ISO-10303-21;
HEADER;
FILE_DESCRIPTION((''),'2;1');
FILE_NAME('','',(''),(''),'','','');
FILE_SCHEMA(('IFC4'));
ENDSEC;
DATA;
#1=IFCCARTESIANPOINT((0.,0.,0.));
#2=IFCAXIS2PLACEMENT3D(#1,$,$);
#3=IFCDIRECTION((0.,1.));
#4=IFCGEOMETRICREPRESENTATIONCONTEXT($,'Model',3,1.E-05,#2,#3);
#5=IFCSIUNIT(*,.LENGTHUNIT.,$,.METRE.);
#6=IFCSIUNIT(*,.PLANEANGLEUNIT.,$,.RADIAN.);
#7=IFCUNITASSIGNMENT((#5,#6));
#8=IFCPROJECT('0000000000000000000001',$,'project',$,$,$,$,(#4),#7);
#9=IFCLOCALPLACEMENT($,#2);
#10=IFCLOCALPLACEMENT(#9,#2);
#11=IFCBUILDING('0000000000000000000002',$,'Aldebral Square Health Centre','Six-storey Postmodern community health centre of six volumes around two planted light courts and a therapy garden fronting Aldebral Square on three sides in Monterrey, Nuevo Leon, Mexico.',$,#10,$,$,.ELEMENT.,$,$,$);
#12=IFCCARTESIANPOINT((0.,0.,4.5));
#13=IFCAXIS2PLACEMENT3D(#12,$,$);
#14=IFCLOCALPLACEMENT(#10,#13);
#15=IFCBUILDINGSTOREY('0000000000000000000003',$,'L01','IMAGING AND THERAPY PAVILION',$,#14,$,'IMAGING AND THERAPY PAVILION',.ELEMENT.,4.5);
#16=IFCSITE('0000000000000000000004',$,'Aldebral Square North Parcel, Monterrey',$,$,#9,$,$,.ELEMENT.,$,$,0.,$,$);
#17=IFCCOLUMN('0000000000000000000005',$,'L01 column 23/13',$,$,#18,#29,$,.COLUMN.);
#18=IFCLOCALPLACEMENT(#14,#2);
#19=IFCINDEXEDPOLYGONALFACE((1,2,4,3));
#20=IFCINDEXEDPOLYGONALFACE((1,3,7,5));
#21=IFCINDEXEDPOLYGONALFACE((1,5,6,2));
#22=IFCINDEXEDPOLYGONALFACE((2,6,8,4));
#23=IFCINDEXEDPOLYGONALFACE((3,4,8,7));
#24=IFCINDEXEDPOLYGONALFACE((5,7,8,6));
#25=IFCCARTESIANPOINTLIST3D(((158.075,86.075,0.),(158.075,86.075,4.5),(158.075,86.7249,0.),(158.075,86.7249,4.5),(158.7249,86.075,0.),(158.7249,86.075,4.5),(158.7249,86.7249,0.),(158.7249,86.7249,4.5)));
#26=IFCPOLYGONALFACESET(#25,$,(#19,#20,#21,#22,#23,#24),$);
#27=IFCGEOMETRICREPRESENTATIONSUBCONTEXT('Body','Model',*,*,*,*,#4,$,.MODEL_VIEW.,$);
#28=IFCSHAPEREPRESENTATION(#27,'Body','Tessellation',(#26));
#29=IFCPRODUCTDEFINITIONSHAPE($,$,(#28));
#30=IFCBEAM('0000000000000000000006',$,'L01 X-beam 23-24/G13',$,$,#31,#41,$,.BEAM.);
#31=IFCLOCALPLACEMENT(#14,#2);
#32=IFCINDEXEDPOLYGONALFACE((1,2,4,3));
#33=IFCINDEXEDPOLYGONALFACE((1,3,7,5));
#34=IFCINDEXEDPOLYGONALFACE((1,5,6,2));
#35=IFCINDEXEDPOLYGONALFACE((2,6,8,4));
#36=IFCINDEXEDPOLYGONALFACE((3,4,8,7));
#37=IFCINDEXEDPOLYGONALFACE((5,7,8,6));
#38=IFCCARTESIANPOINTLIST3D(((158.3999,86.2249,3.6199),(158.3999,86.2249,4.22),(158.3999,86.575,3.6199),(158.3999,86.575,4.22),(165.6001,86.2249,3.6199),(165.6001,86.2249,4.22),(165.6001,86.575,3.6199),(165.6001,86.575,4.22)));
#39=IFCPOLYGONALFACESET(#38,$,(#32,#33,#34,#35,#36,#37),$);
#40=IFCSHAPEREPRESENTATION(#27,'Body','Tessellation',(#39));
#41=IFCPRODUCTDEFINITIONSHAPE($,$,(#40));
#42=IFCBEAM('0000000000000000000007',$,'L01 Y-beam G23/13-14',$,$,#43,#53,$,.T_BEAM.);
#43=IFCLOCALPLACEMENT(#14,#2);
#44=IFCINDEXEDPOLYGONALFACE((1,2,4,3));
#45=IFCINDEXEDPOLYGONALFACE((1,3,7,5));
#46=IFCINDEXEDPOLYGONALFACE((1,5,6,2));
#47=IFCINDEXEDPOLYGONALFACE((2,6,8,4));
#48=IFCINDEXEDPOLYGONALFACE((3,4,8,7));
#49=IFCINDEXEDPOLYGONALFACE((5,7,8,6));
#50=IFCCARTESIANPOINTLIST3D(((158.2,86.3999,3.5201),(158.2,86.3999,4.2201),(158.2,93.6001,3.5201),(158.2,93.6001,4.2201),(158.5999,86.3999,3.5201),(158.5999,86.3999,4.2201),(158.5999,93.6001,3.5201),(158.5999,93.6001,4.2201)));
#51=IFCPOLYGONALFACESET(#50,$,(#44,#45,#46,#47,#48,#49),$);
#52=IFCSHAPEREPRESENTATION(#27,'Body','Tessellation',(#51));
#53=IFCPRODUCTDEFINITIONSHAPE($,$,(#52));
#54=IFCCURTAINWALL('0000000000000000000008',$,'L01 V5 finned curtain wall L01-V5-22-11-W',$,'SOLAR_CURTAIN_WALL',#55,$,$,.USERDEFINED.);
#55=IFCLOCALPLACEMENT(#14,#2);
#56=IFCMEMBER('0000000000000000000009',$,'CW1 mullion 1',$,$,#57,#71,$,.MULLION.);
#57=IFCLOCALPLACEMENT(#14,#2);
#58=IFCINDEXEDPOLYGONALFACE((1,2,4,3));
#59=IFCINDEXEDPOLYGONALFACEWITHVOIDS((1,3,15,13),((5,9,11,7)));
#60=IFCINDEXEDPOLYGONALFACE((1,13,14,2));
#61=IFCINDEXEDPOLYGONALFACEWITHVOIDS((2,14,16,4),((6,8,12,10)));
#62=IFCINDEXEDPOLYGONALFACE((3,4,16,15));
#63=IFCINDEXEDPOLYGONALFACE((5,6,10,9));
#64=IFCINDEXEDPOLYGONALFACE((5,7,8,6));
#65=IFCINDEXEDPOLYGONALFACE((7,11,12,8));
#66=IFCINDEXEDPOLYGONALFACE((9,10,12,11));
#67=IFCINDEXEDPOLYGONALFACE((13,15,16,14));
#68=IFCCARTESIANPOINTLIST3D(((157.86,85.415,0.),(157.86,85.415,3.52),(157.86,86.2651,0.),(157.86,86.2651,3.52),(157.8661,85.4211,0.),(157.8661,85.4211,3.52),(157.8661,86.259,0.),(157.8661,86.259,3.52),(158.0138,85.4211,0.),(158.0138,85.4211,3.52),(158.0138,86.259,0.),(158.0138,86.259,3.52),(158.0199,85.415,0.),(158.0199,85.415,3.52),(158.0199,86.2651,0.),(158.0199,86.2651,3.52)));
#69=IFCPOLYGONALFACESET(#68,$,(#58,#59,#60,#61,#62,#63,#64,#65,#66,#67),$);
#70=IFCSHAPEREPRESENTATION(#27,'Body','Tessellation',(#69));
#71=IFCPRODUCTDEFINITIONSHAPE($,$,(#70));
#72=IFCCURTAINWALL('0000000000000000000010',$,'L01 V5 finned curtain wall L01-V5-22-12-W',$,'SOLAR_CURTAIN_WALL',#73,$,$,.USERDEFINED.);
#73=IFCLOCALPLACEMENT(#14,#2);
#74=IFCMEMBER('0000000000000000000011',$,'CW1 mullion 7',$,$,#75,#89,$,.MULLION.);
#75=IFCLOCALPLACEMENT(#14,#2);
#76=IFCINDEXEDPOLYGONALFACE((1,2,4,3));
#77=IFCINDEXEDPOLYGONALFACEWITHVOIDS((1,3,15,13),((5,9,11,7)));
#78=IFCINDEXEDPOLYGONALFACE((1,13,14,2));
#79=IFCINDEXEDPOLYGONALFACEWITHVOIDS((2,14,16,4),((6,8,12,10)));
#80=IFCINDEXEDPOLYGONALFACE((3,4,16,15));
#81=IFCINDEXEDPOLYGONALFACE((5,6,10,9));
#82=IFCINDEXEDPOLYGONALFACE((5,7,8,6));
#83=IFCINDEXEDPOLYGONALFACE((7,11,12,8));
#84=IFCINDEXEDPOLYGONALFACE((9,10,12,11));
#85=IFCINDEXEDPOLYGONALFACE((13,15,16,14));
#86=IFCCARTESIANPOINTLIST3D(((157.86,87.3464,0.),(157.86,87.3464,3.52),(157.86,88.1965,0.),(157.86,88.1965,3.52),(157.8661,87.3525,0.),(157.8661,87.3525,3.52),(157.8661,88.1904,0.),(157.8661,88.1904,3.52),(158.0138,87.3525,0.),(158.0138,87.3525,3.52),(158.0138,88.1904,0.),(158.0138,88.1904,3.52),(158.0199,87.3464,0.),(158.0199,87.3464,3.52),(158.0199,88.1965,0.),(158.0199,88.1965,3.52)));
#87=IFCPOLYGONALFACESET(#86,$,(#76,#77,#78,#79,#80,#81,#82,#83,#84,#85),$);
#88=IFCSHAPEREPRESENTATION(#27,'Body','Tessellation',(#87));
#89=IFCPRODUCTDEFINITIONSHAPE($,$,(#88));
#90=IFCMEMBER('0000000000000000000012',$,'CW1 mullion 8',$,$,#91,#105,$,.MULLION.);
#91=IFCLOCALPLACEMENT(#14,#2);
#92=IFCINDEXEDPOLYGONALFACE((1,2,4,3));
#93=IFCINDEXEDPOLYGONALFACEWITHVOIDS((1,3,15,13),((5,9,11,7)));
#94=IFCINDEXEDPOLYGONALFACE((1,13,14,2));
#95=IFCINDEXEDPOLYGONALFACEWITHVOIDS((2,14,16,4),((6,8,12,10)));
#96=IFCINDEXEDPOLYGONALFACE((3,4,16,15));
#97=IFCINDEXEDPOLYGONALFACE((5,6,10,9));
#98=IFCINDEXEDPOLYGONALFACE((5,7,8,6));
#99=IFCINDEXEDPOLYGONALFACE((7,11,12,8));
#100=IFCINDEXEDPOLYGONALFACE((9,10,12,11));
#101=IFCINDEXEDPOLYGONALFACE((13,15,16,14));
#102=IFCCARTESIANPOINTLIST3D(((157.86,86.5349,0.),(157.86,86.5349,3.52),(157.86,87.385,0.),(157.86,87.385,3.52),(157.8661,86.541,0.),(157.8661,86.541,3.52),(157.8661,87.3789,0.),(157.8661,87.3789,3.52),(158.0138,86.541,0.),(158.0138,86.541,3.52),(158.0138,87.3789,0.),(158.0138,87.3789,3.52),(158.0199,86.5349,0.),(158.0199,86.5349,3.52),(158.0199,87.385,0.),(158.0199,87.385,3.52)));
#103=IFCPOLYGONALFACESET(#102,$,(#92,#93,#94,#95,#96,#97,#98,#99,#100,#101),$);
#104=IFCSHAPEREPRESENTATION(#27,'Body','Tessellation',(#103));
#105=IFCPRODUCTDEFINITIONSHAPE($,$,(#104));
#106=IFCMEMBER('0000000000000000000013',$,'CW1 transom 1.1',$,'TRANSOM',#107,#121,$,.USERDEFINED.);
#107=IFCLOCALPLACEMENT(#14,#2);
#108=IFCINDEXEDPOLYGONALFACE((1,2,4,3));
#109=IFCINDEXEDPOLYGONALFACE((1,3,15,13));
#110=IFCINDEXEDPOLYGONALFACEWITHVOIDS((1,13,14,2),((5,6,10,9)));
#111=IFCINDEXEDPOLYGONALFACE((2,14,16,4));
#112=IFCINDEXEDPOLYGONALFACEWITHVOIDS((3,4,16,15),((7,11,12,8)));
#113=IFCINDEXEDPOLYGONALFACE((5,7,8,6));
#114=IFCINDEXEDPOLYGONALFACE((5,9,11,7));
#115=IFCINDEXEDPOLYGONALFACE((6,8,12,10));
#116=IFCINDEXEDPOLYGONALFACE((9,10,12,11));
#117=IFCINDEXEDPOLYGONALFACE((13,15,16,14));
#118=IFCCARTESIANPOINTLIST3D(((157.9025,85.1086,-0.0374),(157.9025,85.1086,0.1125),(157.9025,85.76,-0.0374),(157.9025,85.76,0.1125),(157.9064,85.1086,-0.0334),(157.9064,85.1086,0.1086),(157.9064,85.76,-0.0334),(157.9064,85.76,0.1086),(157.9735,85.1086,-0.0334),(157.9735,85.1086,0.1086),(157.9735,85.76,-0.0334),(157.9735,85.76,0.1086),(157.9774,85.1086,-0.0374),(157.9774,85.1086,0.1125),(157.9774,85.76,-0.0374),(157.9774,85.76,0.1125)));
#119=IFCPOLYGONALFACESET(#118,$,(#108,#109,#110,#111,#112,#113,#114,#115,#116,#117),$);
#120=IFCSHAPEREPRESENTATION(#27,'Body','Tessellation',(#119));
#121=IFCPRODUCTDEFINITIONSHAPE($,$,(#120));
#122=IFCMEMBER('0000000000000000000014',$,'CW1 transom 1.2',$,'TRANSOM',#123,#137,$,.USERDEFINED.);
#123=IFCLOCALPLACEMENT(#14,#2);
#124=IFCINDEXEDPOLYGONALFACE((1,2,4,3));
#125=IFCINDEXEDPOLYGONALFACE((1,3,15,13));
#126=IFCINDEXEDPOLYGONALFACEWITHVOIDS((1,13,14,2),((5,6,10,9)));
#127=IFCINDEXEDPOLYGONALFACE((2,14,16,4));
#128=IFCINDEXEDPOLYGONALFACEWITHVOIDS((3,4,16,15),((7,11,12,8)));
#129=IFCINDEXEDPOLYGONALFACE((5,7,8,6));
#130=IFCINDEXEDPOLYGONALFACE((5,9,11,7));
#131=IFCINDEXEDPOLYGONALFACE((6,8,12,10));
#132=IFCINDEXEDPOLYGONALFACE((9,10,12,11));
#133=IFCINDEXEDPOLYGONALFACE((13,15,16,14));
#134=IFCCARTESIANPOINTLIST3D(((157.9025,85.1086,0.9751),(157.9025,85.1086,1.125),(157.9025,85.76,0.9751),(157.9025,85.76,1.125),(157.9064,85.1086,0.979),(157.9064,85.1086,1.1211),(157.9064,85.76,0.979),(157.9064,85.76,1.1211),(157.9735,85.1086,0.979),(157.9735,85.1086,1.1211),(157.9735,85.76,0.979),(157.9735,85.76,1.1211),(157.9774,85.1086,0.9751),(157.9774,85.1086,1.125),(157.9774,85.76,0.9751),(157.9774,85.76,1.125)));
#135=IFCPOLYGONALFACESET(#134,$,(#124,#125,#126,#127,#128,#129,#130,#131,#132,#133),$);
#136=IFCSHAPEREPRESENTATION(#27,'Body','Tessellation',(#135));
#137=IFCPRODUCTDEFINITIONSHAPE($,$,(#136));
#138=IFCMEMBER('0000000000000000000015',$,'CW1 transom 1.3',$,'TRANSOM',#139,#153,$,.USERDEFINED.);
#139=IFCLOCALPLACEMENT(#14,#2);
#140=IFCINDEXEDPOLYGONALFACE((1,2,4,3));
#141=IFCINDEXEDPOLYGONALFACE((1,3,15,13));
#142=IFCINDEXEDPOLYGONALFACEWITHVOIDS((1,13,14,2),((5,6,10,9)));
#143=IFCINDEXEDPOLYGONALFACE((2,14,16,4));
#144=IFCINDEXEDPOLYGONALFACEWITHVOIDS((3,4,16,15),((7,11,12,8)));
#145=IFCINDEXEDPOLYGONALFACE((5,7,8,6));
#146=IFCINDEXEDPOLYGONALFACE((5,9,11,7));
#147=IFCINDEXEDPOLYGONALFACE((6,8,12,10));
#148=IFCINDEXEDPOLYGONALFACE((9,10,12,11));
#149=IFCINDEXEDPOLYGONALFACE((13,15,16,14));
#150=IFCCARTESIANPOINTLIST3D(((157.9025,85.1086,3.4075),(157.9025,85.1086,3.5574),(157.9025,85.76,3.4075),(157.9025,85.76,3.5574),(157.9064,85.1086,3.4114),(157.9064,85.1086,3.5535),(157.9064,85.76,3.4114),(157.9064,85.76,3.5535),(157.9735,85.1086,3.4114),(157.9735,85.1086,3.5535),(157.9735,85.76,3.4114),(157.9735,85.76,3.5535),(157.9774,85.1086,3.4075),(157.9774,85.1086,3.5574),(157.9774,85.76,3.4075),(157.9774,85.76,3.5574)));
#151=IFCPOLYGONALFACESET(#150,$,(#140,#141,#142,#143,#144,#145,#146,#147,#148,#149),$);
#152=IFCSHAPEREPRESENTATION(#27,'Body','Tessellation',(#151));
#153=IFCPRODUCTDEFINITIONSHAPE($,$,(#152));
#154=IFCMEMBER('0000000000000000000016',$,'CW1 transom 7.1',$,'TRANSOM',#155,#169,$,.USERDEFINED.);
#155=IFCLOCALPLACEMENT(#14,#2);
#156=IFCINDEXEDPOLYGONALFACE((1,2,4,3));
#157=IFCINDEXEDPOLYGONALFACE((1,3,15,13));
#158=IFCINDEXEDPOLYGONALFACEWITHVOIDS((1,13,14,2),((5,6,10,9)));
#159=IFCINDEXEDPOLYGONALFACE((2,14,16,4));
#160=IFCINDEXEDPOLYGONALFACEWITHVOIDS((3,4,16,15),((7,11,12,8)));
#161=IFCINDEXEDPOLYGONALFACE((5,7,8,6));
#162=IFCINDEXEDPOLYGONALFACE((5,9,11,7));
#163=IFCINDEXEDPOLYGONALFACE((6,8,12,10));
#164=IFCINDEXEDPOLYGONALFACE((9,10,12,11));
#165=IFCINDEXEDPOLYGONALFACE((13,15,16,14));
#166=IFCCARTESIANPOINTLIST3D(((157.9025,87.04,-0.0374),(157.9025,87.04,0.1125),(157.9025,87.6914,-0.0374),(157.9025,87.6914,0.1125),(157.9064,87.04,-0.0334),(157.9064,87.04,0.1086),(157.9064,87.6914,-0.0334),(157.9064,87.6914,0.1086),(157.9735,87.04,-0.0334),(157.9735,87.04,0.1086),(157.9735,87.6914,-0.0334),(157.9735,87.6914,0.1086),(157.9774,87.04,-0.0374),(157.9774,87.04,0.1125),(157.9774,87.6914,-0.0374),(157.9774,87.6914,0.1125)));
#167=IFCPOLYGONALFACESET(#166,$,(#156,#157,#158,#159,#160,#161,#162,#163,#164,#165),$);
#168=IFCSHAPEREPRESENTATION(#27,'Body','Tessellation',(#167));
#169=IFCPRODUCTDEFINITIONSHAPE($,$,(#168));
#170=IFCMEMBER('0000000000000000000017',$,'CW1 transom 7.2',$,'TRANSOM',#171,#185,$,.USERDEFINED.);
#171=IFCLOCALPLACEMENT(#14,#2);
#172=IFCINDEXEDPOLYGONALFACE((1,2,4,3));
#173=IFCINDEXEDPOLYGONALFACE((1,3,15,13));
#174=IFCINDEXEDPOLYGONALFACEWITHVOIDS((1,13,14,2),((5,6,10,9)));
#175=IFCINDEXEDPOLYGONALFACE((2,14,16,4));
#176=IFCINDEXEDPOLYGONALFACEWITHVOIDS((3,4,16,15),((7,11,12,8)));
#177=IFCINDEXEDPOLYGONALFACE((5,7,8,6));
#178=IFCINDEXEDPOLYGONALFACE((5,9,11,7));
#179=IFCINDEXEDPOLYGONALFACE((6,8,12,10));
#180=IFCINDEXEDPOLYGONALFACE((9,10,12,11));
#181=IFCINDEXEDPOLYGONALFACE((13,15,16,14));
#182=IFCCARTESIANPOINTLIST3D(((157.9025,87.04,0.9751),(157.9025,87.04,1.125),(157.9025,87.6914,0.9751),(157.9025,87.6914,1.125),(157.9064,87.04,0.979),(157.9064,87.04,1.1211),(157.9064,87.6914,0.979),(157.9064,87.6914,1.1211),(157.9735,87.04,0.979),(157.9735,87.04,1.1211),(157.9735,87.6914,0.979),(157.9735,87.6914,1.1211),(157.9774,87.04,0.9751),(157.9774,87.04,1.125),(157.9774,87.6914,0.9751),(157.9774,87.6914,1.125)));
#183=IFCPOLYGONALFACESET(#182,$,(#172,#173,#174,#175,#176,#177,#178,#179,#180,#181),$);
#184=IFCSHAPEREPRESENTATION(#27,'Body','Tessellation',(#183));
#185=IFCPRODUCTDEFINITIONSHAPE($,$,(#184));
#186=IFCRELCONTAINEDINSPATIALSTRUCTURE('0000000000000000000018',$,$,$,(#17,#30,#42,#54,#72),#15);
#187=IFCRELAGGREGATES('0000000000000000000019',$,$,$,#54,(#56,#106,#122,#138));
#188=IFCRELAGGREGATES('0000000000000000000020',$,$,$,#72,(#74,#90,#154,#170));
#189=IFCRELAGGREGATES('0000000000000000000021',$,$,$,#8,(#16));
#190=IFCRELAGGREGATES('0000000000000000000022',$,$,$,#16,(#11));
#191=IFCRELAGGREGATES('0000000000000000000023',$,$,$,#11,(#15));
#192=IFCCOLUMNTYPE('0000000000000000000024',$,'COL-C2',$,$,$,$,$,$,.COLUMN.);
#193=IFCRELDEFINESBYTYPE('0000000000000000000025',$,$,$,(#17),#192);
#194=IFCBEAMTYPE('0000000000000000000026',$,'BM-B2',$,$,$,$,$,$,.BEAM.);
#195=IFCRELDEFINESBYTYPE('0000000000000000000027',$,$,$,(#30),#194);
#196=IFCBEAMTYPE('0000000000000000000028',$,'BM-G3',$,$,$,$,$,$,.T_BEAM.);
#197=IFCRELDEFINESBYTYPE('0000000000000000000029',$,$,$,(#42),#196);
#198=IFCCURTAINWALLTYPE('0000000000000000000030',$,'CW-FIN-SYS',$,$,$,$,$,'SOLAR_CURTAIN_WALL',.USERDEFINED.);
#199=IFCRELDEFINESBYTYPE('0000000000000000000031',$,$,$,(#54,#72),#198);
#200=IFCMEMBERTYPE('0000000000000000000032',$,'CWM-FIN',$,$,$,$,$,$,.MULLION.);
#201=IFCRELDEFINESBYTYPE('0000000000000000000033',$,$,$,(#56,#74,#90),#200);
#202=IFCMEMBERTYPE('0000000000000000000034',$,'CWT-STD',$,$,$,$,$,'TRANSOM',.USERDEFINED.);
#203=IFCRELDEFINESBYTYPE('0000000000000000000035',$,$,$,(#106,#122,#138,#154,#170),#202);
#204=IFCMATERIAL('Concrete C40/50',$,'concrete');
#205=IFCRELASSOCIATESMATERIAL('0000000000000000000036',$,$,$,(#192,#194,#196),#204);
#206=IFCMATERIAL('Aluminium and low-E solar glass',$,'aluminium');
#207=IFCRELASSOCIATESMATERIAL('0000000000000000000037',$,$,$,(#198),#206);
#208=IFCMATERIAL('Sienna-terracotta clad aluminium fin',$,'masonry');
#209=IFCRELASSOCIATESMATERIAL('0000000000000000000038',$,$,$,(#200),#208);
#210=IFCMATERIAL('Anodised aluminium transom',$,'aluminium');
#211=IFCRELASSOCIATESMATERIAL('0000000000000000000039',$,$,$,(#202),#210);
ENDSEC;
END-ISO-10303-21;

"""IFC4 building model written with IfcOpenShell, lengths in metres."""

from ifc_helpers import new_model, si_unit, direction, frame, origin, origin_2d, place, context, subcontext, project, spatial, rectangle, hollow_rectangle, extrude, material, material_profile, profile_set, type_object, element, aggregate, save


model = new_model("IFC4")

# Units and contexts
model_context = context("Model", 3, precision=1e-05, world=origin(), true_north=direction((0.0, 1.0)))
body_context = subcontext(model_context, "Body", "Model", "MODEL_VIEW")
ifc_project = project(units=[si_unit("LENGTHUNIT", "METRE"), si_unit("PLANEANGLEUNIT", "RADIAN")], contexts=[model_context])

# Site, building, storey
site_placement = place(None, origin())
site = spatial("IfcSite", under=ifc_project, at=site_placement, Name="Aldebral Square North Parcel, Monterrey", CompositionType="ELEMENT", RefElevation=0.0)
building_placement = place(site_placement, origin())
building = spatial("IfcBuilding", under=site, at=building_placement, Name="Aldebral Square Health Centre", Description="Six-storey Postmodern community health centre of six volumes around two planted light courts and a therapy garden fronting Aldebral Square on three sides in Monterrey, Nuevo Leon, Mexico.", CompositionType="ELEMENT")
storey_placement = place(building_placement, frame((0.0, 0.0, 4.5)))
storey = spatial("IfcBuildingStorey", under=building, at=storey_placement, Name="L01", Description="IMAGING AND THERAPY PAVILION", LongName="IMAGING AND THERAPY PAVILION", CompositionType="ELEMENT", Elevation=4.5)

# Column
ifc_material_1 = material(Name="Concrete C40/50", Category="concrete")
ifc_material_profile_1 = material_profile(ifc_material_1, rectangle(XDim=0.6499, YDim=0.6499, at=origin_2d()), Name="RC 650x650")
ifc_profile_set_1 = profile_set([ifc_material_profile_1], Name="Concrete C40/50")
column_type = type_object("IfcColumnType", Name="COL-C2", PredefinedType="COLUMN", material=ifc_profile_set_1)
column_placement = place(storey_placement, frame((158.3999, 86.3999, 0.0), z_axis=(0.0, 0.0, 1.0), x_axis=(1.0, 0.0, 0.0)))
element("IfcColumn", 1, at=column_placement, inside=storey, type_object=column_type, Name="L01 column 23/13", PredefinedType="COLUMN", context=body_context, shape_type="SweptSolid", body=[
    extrude(rectangle(XDim=0.6499, YDim=0.6499, at=origin_2d()), origin(), (0.0, 0.0, 1.0), 4.5),
])

# Beams
ifc_material_profile_2 = material_profile(ifc_material_1, rectangle(XDim=0.3501, YDim=0.6001, at=origin_2d()), Name="RC 350x600")
ifc_profile_set_2 = profile_set([ifc_material_profile_2], Name="Concrete C40/50")
beam_type_1 = type_object("IfcBeamType", Name="BM-B2", PredefinedType="BEAM", material=ifc_profile_set_2)
beam_1_placement = place(storey_placement, frame((158.3999, 86.3999, 3.9199), z_axis=(1.0, 0.0, 0.0), x_axis=(0.0, 1.0, 0.0)))
element("IfcBeam", 2, at=beam_1_placement, inside=storey, type_object=beam_type_1, Name="L01 X-beam 23-24/G13", PredefinedType="BEAM", context=body_context, shape_type="SweptSolid", body=[
    extrude(rectangle(XDim=0.3501, YDim=0.6001, at=origin_2d()), origin(), (0.0, 0.0, 1.0), 7.2002),
])
ifc_material_profile_3 = material_profile(ifc_material_1, rectangle(XDim=0.3999, YDim=0.7, at=origin_2d()), Name="RC 400x700")
ifc_profile_set_3 = profile_set([ifc_material_profile_3], Name="Concrete C40/50")
beam_type_2 = type_object("IfcBeamType", Name="BM-G3", PredefinedType="T_BEAM", material=ifc_profile_set_3)
beam_2_placement = place(storey_placement, frame((158.3999, 86.3999, 3.8701), z_axis=(0.0, 1.0, 0.0), x_axis=(-1.0, 0.0, 0.0)))
element("IfcBeam", 3, at=beam_2_placement, inside=storey, type_object=beam_type_2, Name="L01 Y-beam G23/13-14", PredefinedType="T_BEAM", context=body_context, shape_type="SweptSolid", body=[
    extrude(rectangle(XDim=0.3999, YDim=0.7, at=origin_2d()), origin(), (0.0, 0.0, 1.0), 7.2002),
])

# Curtain wall, member
ifc_material_2 = material(Name="Aluminium and low-E solar glass", Category="aluminium")
curtain_wall_type = type_object("IfcCurtainWallType", Name="CW-FIN-SYS", ElementType="SOLAR_CURTAIN_WALL", PredefinedType="USERDEFINED", material=ifc_material_2)
curtain_wall_1_placement = place(storey_placement, origin())
curtain_wall_1 = element("IfcCurtainWall", 4, at=curtain_wall_1_placement, inside=storey, type_object=curtain_wall_type, Name="L01 V5 finned curtain wall L01-V5-22-11-W", ObjectType="SOLAR_CURTAIN_WALL", PredefinedType="USERDEFINED")
ifc_material_3 = material(Name="Sienna-terracotta clad aluminium fin", Category="masonry")
ifc_material_profile_4 = material_profile(ifc_material_3, hollow_rectangle(XDim=0.1599, YDim=0.8501, WallThickness=0.0061, at=origin_2d()), Name="FIN 160x850x6")
ifc_profile_set_4 = profile_set([ifc_material_profile_4], Name="Sienna-terracotta clad aluminium fin")
member_type_1 = type_object("IfcMemberType", Name="CWM-FIN", PredefinedType="MULLION", material=ifc_profile_set_4)
member_1_placement = place(storey_placement, frame((157.9399, 85.8401, 0.0), z_axis=(0.0, 0.0, 1.0), x_axis=(1.0, 0.0, 0.0)))
member_1 = element("IfcMember", 5, at=member_1_placement, type_object=member_type_1, Name="CW1 mullion 1", PredefinedType="MULLION", context=body_context, shape_type="SweptSolid", body=[
    extrude(hollow_rectangle(XDim=0.1599, YDim=0.8501, WallThickness=0.0061, at=origin_2d()), origin(), (0.0, 0.0, 1.0), 3.52),
])

# Curtain wall, members
curtain_wall_2_placement = place(storey_placement, origin())
curtain_wall_2 = element("IfcCurtainWall", 6, at=curtain_wall_2_placement, inside=storey, type_object=curtain_wall_type, Name="L01 V5 finned curtain wall L01-V5-22-12-W", ObjectType="SOLAR_CURTAIN_WALL", PredefinedType="USERDEFINED")
member_2_placement = place(storey_placement, frame((157.9399, 87.7715, 0.0), z_axis=(0.0, 0.0, 1.0), x_axis=(1.0, 0.0, 0.0)))
member_2 = element("IfcMember", 7, at=member_2_placement, type_object=member_type_1, Name="CW1 mullion 7", PredefinedType="MULLION", context=body_context, shape_type="SweptSolid", body=[
    extrude(hollow_rectangle(XDim=0.1599, YDim=0.8501, WallThickness=0.0061, at=origin_2d()), origin(), (0.0, 0.0, 1.0), 3.52),
])
member_3_placement = place(storey_placement, frame((157.9399, 86.96, 0.0), z_axis=(0.0, 0.0, 1.0), x_axis=(1.0, 0.0, 0.0)))
member_3 = element("IfcMember", 8, at=member_3_placement, type_object=member_type_1, Name="CW1 mullion 8", PredefinedType="MULLION", context=body_context, shape_type="SweptSolid", body=[
    extrude(hollow_rectangle(XDim=0.1599, YDim=0.8501, WallThickness=0.0061, at=origin_2d()), origin(), (0.0, 0.0, 1.0), 3.52),
])

# Members
ifc_material_4 = material(Name="Anodised aluminium transom", Category="aluminium")
ifc_material_profile_5 = material_profile(ifc_material_4, hollow_rectangle(XDim=0.075, YDim=0.1499, WallThickness=0.0039, at=origin_2d()), Name="CWT 75x150x4")
ifc_profile_set_5 = profile_set([ifc_material_profile_5], Name="Anodised aluminium transom")
member_type_2 = type_object("IfcMemberType", Name="CWT-STD", ElementType="TRANSOM", PredefinedType="USERDEFINED", material=ifc_profile_set_5)
member_4_placement = place(storey_placement, frame((157.9399, 85.76, 0.0376), z_axis=(0.0, -1.0, 0.0), x_axis=(1.0, 0.0, 0.0)))
member_4 = element("IfcMember", 9, at=member_4_placement, type_object=member_type_2, Name="CW1 transom 1.1", ObjectType="TRANSOM", PredefinedType="USERDEFINED", context=body_context, shape_type="SweptSolid", body=[
    extrude(hollow_rectangle(XDim=0.075, YDim=0.1499, WallThickness=0.0039, at=origin_2d()), origin(), (0.0, 0.0, 1.0), 0.6514),
])
member_5_placement = place(storey_placement, frame((157.9399, 85.76, 1.05), z_axis=(0.0, -1.0, 0.0), x_axis=(1.0, 0.0, 0.0)))
member_5 = element("IfcMember", 10, at=member_5_placement, type_object=member_type_2, Name="CW1 transom 1.2", ObjectType="TRANSOM", PredefinedType="USERDEFINED", context=body_context, shape_type="SweptSolid", body=[
    extrude(hollow_rectangle(XDim=0.075, YDim=0.1499, WallThickness=0.0039, at=origin_2d()), origin(), (0.0, 0.0, 1.0), 0.6514),
])
member_6_placement = place(storey_placement, frame((157.9399, 85.76, 3.4824), z_axis=(0.0, -1.0, 0.0), x_axis=(1.0, 0.0, 0.0)))
member_6 = element("IfcMember", 11, at=member_6_placement, type_object=member_type_2, Name="CW1 transom 1.3", ObjectType="TRANSOM", PredefinedType="USERDEFINED", context=body_context, shape_type="SweptSolid", body=[
    extrude(hollow_rectangle(XDim=0.075, YDim=0.1499, WallThickness=0.0039, at=origin_2d()), origin(), (0.0, 0.0, 1.0), 0.6514),
])
aggregate(curtain_wall_1, [member_1, member_4, member_5, member_6])
member_7_placement = place(storey_placement, frame((157.9399, 87.6914, 0.0376), z_axis=(0.0, -1.0, 0.0), x_axis=(1.0, 0.0, 0.0)))
member_7 = element("IfcMember", 12, at=member_7_placement, type_object=member_type_2, Name="CW1 transom 7.1", ObjectType="TRANSOM", PredefinedType="USERDEFINED", context=body_context, shape_type="SweptSolid", body=[
    extrude(hollow_rectangle(XDim=0.075, YDim=0.1499, WallThickness=0.0039, at=origin_2d()), origin(), (0.0, 0.0, 1.0), 0.6514),
])
member_8_placement = place(storey_placement, frame((157.9399, 87.6914, 1.05), z_axis=(0.0, -1.0, 0.0), x_axis=(1.0, 0.0, 0.0)))
member_8 = element("IfcMember", 13, at=member_8_placement, type_object=member_type_2, Name="CW1 transom 7.2", ObjectType="TRANSOM", PredefinedType="USERDEFINED", context=body_context, shape_type="SweptSolid", body=[
    extrude(hollow_rectangle(XDim=0.075, YDim=0.1499, WallThickness=0.0039, at=origin_2d()), origin(), (0.0, 0.0, 1.0), 0.6514),
])

aggregate(curtain_wall_2, [member_2, member_3, member_7, member_8])

save(model, "model.ifc")
